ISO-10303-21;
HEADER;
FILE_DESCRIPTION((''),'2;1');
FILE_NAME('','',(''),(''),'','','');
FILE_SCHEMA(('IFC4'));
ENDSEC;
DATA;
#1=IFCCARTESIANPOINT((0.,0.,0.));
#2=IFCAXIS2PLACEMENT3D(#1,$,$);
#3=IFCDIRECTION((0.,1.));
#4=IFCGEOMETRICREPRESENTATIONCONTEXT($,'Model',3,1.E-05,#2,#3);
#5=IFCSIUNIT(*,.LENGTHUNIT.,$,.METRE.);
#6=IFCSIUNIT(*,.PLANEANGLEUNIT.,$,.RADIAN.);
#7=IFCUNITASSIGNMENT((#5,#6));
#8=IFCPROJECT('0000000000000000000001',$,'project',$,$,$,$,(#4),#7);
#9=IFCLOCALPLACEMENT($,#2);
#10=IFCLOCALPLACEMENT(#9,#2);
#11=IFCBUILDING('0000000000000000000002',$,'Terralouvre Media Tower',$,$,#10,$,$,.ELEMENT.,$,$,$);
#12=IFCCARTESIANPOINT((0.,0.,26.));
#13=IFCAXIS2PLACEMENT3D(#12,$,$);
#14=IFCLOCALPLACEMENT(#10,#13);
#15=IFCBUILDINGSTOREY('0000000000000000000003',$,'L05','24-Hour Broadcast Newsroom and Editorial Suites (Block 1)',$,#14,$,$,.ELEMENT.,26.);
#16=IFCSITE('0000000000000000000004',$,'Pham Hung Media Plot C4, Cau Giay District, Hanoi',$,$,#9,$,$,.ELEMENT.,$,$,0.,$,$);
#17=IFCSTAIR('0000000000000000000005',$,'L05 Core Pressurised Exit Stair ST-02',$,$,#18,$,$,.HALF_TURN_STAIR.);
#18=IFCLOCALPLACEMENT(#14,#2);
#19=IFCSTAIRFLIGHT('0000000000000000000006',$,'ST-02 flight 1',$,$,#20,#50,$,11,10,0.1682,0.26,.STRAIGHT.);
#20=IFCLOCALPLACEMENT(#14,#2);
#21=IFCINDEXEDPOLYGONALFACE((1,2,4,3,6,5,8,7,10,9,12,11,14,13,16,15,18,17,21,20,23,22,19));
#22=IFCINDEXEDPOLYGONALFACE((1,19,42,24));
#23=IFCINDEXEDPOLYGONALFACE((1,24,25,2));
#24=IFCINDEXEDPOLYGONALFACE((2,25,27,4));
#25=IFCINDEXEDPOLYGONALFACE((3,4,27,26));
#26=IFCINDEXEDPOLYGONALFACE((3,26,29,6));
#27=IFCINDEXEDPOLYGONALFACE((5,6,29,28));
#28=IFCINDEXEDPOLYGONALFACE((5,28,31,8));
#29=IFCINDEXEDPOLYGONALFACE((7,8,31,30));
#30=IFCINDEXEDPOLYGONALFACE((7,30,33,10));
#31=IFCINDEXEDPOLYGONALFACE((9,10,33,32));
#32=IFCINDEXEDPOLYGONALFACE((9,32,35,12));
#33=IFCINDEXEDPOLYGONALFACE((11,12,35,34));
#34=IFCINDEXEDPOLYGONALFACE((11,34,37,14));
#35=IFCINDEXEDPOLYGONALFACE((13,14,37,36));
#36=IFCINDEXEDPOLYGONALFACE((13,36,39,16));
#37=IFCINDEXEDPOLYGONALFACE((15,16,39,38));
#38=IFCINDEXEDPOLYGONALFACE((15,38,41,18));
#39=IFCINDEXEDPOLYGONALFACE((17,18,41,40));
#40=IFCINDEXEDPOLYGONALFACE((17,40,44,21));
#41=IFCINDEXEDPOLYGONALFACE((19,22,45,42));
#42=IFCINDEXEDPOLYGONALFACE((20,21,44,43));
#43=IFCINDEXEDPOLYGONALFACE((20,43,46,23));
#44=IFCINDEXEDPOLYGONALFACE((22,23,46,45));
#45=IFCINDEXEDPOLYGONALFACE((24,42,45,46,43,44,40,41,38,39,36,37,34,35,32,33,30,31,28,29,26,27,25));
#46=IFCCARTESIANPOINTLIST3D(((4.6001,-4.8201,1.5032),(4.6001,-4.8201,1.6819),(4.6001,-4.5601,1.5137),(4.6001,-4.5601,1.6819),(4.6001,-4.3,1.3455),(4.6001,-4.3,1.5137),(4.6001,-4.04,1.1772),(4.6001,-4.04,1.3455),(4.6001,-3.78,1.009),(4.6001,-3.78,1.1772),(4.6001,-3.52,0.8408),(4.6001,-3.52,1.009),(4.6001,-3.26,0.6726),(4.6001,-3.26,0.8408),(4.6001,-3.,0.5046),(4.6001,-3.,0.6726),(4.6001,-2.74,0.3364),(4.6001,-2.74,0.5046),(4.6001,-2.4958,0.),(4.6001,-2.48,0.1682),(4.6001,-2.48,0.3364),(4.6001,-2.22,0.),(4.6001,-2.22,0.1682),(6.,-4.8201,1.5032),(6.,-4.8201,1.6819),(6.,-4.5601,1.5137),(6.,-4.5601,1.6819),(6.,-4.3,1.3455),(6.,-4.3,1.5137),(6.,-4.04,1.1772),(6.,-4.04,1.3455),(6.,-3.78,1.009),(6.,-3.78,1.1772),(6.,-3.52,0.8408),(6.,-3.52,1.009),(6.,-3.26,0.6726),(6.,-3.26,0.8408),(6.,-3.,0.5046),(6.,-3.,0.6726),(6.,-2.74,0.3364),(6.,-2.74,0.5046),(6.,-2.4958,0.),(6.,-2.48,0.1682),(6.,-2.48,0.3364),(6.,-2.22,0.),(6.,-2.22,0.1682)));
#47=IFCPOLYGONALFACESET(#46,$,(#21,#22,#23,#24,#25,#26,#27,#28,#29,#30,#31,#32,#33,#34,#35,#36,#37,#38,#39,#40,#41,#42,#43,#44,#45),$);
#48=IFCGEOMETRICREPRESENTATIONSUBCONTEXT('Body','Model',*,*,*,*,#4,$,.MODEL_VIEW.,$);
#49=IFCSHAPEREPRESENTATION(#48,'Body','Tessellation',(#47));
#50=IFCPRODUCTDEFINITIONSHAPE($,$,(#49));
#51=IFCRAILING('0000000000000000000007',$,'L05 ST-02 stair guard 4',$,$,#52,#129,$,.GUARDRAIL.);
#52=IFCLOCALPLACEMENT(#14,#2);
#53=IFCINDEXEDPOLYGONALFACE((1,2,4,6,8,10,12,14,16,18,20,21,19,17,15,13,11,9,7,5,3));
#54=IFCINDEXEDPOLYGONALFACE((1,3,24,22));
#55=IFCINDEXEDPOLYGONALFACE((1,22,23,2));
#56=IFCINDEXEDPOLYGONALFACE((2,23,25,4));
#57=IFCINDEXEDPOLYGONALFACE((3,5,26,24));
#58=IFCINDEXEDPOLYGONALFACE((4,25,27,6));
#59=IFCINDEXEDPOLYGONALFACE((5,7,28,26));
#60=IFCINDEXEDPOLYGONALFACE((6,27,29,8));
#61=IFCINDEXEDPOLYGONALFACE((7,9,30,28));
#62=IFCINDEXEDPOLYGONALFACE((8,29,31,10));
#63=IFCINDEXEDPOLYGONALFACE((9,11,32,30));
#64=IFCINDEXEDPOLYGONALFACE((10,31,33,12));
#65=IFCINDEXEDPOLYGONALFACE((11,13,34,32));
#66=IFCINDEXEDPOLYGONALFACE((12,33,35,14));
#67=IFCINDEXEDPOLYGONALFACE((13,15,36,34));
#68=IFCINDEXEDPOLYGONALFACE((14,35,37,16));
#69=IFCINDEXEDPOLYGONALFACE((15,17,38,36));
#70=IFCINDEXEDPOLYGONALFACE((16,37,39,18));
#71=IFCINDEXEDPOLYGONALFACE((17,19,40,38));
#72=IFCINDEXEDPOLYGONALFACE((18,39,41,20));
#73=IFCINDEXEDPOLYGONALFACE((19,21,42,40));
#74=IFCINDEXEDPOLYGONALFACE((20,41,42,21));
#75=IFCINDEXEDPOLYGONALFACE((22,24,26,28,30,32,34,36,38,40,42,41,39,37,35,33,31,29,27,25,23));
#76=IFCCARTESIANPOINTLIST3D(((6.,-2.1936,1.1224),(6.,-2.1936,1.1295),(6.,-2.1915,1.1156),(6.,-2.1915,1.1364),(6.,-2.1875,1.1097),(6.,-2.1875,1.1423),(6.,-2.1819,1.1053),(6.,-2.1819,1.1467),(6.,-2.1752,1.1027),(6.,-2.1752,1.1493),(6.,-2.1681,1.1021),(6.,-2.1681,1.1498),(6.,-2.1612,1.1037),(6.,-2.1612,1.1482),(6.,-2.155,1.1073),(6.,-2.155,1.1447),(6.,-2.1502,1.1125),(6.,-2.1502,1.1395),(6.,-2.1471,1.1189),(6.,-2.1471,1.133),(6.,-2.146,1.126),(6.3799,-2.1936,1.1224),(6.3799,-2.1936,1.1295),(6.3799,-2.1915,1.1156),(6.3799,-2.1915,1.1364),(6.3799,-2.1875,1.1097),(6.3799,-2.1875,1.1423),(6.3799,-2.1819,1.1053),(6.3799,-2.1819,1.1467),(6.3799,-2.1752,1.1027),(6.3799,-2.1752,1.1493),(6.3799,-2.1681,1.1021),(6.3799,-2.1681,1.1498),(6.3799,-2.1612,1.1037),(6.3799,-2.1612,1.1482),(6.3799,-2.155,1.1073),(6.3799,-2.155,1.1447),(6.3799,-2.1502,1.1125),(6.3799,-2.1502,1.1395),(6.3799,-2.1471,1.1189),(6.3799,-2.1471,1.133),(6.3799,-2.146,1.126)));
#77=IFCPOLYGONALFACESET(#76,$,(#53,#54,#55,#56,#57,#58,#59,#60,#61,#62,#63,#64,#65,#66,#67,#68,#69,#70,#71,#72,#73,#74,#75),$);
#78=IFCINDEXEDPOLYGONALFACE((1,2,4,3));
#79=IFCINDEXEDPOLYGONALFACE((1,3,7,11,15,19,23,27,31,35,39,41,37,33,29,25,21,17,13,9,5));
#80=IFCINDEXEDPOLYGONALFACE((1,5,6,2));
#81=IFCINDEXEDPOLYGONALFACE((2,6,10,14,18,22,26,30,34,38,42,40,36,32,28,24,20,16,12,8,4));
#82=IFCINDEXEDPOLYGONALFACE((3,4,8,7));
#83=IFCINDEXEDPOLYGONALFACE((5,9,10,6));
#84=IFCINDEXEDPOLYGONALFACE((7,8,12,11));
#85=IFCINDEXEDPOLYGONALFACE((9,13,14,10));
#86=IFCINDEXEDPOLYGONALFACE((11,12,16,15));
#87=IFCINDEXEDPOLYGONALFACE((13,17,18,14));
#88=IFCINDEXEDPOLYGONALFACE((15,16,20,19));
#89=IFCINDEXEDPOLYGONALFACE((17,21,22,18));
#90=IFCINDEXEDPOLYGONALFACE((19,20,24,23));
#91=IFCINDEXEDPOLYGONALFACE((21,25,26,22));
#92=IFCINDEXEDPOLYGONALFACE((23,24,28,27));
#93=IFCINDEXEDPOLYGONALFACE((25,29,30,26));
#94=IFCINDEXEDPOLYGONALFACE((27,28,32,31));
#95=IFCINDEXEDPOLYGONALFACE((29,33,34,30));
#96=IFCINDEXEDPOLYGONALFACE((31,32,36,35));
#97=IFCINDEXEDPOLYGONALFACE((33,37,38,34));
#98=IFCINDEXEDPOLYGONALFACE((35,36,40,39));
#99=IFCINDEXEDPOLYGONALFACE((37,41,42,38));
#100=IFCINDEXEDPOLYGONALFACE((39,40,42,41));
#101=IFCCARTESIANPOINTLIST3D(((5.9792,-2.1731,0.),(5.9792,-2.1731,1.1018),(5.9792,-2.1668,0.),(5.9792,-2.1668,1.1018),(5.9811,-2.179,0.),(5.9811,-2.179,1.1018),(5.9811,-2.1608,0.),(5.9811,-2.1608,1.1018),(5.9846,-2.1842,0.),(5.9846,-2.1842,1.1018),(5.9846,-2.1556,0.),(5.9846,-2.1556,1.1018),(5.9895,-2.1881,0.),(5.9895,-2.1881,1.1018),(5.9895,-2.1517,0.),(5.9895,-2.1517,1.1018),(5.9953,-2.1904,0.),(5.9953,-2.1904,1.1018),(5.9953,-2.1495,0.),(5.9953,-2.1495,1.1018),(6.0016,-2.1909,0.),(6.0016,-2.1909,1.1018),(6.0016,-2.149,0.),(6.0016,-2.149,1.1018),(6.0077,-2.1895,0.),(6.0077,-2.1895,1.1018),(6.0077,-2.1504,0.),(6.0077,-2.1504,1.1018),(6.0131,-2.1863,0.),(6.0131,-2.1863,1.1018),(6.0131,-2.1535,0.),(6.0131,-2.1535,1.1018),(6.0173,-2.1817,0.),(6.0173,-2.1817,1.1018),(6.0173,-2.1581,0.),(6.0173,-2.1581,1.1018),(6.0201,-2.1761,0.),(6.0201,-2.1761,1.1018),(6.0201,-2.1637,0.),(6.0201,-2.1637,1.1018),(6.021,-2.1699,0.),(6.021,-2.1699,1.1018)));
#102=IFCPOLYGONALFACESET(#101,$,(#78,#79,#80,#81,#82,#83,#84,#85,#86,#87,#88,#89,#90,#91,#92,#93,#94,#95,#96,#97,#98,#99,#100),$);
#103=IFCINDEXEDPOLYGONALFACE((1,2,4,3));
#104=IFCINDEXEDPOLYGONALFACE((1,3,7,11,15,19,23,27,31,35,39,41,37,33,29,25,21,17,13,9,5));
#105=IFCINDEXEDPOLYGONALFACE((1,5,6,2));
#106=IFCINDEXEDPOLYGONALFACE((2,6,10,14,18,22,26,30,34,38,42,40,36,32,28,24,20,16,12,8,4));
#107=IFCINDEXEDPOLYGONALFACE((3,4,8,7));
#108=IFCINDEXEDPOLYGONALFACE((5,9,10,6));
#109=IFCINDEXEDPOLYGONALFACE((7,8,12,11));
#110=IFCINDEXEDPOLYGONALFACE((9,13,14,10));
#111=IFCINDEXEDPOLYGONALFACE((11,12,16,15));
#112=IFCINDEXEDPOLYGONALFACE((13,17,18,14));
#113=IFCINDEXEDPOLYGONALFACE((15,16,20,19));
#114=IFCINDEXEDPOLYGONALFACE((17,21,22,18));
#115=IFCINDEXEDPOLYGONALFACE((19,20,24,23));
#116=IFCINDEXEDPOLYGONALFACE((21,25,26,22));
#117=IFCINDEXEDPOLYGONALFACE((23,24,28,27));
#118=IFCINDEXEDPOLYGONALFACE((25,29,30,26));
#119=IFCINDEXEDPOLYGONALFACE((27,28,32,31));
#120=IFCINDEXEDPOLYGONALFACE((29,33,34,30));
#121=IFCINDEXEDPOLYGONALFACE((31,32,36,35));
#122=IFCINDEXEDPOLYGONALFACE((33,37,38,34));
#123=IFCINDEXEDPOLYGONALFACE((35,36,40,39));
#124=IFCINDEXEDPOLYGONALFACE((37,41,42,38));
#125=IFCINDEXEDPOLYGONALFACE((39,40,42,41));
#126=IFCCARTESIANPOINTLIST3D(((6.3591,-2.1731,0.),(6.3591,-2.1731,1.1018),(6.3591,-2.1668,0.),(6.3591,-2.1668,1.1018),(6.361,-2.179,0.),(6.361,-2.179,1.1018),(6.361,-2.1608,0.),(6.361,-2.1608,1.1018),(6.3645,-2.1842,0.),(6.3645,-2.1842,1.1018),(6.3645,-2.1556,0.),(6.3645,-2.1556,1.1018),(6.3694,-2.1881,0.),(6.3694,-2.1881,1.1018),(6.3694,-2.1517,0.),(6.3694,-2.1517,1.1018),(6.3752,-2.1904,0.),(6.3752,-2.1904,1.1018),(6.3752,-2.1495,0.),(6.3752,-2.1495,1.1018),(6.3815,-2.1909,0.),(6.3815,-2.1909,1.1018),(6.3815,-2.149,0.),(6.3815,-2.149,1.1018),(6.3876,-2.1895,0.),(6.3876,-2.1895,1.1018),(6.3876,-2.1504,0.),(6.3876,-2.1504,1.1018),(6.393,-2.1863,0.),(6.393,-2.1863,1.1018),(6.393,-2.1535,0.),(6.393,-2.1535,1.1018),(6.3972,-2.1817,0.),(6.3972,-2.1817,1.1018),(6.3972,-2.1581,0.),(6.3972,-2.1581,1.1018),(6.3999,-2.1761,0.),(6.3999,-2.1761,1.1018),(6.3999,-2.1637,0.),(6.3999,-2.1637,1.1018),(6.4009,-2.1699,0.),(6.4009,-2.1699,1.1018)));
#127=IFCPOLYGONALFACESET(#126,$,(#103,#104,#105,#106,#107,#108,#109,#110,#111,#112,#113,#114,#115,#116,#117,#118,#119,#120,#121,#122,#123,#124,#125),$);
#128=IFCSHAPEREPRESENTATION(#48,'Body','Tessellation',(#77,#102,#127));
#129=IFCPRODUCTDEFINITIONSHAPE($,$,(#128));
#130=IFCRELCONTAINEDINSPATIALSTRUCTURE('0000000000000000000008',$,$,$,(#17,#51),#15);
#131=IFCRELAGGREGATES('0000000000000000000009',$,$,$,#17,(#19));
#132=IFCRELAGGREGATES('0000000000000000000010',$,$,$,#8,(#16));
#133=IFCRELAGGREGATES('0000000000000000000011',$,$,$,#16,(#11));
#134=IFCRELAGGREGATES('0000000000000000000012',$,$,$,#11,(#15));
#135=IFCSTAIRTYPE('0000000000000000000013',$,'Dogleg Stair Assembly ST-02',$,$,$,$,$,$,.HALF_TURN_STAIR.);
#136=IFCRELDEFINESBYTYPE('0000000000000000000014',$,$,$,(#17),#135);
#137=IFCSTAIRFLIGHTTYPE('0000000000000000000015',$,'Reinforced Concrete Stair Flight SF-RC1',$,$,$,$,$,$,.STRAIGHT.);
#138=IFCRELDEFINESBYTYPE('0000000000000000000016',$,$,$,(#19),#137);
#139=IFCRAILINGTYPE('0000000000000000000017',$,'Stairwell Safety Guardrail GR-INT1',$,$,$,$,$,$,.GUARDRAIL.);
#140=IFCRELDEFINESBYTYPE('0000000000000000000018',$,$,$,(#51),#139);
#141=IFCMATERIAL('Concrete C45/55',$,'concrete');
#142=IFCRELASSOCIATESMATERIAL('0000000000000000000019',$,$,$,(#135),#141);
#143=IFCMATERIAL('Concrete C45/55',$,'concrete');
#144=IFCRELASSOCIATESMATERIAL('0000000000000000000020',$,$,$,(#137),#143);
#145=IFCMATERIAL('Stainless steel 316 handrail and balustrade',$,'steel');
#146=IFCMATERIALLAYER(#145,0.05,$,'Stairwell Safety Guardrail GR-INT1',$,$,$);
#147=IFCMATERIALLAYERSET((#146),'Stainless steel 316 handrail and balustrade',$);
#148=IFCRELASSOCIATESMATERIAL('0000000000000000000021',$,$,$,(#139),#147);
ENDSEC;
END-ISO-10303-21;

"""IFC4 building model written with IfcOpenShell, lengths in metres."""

from ifc_helpers import new_model, si_unit, direction, frame, origin, origin_2d, place, context, subcontext, project, spatial, polyline, circle, outline, extrude, material, layer, layer_set, type_object, element, aggregate, save


model = new_model("IFC4")

# Units and contexts
model_context = context("Model", 3, precision=1e-05, world=origin(), true_north=direction((0.0, 1.0)))
body_context = subcontext(model_context, "Body", "Model", "MODEL_VIEW")
ifc_project = project(units=[si_unit("LENGTHUNIT", "METRE"), si_unit("PLANEANGLEUNIT", "RADIAN")], contexts=[model_context])

# Site, building, storey
site_placement = place(None, origin())
site = spatial("IfcSite", under=ifc_project, at=site_placement, Name="Pham Hung Media Plot C4, Cau Giay District, Hanoi", CompositionType="ELEMENT", RefElevation=0.0)
building_placement = place(site_placement, origin())
building = spatial("IfcBuilding", under=site, at=building_placement, Name="Terralouvre Media Tower", CompositionType="ELEMENT")
storey_placement = place(building_placement, frame((0.0, 0.0, 26.0)))
storey = spatial("IfcBuildingStorey", under=building, at=storey_placement, Name="L05", Description="24-Hour Broadcast Newsroom and Editorial Suites (Block 1)", CompositionType="ELEMENT", Elevation=26.0)

# Stair, stair flight
ifc_material_1 = material(Name="Concrete C45/55", Category="concrete")
stair_type = type_object("IfcStairType", Name="Dogleg Stair Assembly ST-02", PredefinedType="HALF_TURN_STAIR", material=ifc_material_1)
stair_placement = place(storey_placement, origin())
stair = element("IfcStair", 1, at=stair_placement, inside=storey, type_object=stair_type, Name="L05 Core Pressurised Exit Stair ST-02", PredefinedType="HALF_TURN_STAIR")
ifc_material_2 = material(Name="Concrete C45/55", Category="concrete")
stair_flight_type = type_object("IfcStairFlightType", Name="Reinforced Concrete Stair Flight SF-RC1", PredefinedType="STRAIGHT", material=ifc_material_2)
stair_flight_placement = place(storey_placement, frame((5.3, -2.22, 0.0), z_axis=(0.0, 0.0, 1.0), x_axis=(0.0, -1.0, 0.0)))
stair_flight = element("IfcStairFlight", 2, at=stair_flight_placement, type_object=stair_flight_type, Name="ST-02 flight 1", NumberOfRisers=11, NumberOfTreads=10, PredefinedType="STRAIGHT", RiserHeight=0.1682, TreadLength=0.26, context=body_context, shape_type="SweptSolid", body=[
    extrude(outline(polyline([(0.0, 0.0), (0.0, 0.1682), (0.26, 0.1682), (0.26, 0.3364), (0.52, 0.3364), (0.52, 0.5046), (0.78, 0.5046), (0.78, 0.6726), (1.04, 0.6726), (1.04, 0.8408), (1.3, 0.8408), (1.3, 1.009), (1.5601, 1.009), (1.5601, 1.1772), (1.8201, 1.1772), (1.8201, 1.3455), (2.0801, 1.3455), (2.0801, 1.5137), (2.3401, 1.5137), (2.3401, 1.6819), (2.6001, 1.6819), (2.6001, 1.8501), (2.6001, 1.5032), (0.2759, 0.0), (0.0, 0.0)])), frame((0.0, 0.7, 0.0), z_axis=(0.0, -1.0, 0.0), x_axis=(1.0, 0.0, 0.0)), (0.0, 0.0, 1.0), 1.3999),
])
aggregate(stair, [stair_flight])

# Railing
ifc_material_3 = material(Name="Stainless steel 316 handrail and balustrade", Category="steel")
ifc_layer_1 = layer(ifc_material_3, 0.05, Name="Stairwell Safety Guardrail GR-INT1")
ifc_layer_set_1 = layer_set([ifc_layer_1], Name="Stainless steel 316 handrail and balustrade")
railing_type = type_object("IfcRailingType", Name="Stairwell Safety Guardrail GR-INT1", PredefinedType="GUARDRAIL", material=ifc_layer_set_1)
railing_placement = place(storey_placement, frame((6.0, -2.1699, 0.0)))
element("IfcRailing", 3, at=railing_placement, inside=storey, type_object=railing_type, Name="L05 ST-02 stair guard 4", PredefinedType="GUARDRAIL", context=body_context, shape_type="SweptSolid", body=[
    extrude(circle(Radius=0.0239, at=origin_2d()), frame((0.0, 0.0, 1.126), z_axis=(1.0, 0.0, 0.0), x_axis=(0.0, 1.0, 0.0)), (0.0, 0.0, 1.0), 0.3799),
    extrude(circle(Radius=0.021, at=origin_2d()), origin(), (0.0, 0.0, 1.0), 1.1018),
    extrude(circle(Radius=0.021, at=origin_2d()), frame((0.3799, 0.0, 0.0)), (0.0, 0.0, 1.0), 1.1018),
])

save(model, "model.ifc")
